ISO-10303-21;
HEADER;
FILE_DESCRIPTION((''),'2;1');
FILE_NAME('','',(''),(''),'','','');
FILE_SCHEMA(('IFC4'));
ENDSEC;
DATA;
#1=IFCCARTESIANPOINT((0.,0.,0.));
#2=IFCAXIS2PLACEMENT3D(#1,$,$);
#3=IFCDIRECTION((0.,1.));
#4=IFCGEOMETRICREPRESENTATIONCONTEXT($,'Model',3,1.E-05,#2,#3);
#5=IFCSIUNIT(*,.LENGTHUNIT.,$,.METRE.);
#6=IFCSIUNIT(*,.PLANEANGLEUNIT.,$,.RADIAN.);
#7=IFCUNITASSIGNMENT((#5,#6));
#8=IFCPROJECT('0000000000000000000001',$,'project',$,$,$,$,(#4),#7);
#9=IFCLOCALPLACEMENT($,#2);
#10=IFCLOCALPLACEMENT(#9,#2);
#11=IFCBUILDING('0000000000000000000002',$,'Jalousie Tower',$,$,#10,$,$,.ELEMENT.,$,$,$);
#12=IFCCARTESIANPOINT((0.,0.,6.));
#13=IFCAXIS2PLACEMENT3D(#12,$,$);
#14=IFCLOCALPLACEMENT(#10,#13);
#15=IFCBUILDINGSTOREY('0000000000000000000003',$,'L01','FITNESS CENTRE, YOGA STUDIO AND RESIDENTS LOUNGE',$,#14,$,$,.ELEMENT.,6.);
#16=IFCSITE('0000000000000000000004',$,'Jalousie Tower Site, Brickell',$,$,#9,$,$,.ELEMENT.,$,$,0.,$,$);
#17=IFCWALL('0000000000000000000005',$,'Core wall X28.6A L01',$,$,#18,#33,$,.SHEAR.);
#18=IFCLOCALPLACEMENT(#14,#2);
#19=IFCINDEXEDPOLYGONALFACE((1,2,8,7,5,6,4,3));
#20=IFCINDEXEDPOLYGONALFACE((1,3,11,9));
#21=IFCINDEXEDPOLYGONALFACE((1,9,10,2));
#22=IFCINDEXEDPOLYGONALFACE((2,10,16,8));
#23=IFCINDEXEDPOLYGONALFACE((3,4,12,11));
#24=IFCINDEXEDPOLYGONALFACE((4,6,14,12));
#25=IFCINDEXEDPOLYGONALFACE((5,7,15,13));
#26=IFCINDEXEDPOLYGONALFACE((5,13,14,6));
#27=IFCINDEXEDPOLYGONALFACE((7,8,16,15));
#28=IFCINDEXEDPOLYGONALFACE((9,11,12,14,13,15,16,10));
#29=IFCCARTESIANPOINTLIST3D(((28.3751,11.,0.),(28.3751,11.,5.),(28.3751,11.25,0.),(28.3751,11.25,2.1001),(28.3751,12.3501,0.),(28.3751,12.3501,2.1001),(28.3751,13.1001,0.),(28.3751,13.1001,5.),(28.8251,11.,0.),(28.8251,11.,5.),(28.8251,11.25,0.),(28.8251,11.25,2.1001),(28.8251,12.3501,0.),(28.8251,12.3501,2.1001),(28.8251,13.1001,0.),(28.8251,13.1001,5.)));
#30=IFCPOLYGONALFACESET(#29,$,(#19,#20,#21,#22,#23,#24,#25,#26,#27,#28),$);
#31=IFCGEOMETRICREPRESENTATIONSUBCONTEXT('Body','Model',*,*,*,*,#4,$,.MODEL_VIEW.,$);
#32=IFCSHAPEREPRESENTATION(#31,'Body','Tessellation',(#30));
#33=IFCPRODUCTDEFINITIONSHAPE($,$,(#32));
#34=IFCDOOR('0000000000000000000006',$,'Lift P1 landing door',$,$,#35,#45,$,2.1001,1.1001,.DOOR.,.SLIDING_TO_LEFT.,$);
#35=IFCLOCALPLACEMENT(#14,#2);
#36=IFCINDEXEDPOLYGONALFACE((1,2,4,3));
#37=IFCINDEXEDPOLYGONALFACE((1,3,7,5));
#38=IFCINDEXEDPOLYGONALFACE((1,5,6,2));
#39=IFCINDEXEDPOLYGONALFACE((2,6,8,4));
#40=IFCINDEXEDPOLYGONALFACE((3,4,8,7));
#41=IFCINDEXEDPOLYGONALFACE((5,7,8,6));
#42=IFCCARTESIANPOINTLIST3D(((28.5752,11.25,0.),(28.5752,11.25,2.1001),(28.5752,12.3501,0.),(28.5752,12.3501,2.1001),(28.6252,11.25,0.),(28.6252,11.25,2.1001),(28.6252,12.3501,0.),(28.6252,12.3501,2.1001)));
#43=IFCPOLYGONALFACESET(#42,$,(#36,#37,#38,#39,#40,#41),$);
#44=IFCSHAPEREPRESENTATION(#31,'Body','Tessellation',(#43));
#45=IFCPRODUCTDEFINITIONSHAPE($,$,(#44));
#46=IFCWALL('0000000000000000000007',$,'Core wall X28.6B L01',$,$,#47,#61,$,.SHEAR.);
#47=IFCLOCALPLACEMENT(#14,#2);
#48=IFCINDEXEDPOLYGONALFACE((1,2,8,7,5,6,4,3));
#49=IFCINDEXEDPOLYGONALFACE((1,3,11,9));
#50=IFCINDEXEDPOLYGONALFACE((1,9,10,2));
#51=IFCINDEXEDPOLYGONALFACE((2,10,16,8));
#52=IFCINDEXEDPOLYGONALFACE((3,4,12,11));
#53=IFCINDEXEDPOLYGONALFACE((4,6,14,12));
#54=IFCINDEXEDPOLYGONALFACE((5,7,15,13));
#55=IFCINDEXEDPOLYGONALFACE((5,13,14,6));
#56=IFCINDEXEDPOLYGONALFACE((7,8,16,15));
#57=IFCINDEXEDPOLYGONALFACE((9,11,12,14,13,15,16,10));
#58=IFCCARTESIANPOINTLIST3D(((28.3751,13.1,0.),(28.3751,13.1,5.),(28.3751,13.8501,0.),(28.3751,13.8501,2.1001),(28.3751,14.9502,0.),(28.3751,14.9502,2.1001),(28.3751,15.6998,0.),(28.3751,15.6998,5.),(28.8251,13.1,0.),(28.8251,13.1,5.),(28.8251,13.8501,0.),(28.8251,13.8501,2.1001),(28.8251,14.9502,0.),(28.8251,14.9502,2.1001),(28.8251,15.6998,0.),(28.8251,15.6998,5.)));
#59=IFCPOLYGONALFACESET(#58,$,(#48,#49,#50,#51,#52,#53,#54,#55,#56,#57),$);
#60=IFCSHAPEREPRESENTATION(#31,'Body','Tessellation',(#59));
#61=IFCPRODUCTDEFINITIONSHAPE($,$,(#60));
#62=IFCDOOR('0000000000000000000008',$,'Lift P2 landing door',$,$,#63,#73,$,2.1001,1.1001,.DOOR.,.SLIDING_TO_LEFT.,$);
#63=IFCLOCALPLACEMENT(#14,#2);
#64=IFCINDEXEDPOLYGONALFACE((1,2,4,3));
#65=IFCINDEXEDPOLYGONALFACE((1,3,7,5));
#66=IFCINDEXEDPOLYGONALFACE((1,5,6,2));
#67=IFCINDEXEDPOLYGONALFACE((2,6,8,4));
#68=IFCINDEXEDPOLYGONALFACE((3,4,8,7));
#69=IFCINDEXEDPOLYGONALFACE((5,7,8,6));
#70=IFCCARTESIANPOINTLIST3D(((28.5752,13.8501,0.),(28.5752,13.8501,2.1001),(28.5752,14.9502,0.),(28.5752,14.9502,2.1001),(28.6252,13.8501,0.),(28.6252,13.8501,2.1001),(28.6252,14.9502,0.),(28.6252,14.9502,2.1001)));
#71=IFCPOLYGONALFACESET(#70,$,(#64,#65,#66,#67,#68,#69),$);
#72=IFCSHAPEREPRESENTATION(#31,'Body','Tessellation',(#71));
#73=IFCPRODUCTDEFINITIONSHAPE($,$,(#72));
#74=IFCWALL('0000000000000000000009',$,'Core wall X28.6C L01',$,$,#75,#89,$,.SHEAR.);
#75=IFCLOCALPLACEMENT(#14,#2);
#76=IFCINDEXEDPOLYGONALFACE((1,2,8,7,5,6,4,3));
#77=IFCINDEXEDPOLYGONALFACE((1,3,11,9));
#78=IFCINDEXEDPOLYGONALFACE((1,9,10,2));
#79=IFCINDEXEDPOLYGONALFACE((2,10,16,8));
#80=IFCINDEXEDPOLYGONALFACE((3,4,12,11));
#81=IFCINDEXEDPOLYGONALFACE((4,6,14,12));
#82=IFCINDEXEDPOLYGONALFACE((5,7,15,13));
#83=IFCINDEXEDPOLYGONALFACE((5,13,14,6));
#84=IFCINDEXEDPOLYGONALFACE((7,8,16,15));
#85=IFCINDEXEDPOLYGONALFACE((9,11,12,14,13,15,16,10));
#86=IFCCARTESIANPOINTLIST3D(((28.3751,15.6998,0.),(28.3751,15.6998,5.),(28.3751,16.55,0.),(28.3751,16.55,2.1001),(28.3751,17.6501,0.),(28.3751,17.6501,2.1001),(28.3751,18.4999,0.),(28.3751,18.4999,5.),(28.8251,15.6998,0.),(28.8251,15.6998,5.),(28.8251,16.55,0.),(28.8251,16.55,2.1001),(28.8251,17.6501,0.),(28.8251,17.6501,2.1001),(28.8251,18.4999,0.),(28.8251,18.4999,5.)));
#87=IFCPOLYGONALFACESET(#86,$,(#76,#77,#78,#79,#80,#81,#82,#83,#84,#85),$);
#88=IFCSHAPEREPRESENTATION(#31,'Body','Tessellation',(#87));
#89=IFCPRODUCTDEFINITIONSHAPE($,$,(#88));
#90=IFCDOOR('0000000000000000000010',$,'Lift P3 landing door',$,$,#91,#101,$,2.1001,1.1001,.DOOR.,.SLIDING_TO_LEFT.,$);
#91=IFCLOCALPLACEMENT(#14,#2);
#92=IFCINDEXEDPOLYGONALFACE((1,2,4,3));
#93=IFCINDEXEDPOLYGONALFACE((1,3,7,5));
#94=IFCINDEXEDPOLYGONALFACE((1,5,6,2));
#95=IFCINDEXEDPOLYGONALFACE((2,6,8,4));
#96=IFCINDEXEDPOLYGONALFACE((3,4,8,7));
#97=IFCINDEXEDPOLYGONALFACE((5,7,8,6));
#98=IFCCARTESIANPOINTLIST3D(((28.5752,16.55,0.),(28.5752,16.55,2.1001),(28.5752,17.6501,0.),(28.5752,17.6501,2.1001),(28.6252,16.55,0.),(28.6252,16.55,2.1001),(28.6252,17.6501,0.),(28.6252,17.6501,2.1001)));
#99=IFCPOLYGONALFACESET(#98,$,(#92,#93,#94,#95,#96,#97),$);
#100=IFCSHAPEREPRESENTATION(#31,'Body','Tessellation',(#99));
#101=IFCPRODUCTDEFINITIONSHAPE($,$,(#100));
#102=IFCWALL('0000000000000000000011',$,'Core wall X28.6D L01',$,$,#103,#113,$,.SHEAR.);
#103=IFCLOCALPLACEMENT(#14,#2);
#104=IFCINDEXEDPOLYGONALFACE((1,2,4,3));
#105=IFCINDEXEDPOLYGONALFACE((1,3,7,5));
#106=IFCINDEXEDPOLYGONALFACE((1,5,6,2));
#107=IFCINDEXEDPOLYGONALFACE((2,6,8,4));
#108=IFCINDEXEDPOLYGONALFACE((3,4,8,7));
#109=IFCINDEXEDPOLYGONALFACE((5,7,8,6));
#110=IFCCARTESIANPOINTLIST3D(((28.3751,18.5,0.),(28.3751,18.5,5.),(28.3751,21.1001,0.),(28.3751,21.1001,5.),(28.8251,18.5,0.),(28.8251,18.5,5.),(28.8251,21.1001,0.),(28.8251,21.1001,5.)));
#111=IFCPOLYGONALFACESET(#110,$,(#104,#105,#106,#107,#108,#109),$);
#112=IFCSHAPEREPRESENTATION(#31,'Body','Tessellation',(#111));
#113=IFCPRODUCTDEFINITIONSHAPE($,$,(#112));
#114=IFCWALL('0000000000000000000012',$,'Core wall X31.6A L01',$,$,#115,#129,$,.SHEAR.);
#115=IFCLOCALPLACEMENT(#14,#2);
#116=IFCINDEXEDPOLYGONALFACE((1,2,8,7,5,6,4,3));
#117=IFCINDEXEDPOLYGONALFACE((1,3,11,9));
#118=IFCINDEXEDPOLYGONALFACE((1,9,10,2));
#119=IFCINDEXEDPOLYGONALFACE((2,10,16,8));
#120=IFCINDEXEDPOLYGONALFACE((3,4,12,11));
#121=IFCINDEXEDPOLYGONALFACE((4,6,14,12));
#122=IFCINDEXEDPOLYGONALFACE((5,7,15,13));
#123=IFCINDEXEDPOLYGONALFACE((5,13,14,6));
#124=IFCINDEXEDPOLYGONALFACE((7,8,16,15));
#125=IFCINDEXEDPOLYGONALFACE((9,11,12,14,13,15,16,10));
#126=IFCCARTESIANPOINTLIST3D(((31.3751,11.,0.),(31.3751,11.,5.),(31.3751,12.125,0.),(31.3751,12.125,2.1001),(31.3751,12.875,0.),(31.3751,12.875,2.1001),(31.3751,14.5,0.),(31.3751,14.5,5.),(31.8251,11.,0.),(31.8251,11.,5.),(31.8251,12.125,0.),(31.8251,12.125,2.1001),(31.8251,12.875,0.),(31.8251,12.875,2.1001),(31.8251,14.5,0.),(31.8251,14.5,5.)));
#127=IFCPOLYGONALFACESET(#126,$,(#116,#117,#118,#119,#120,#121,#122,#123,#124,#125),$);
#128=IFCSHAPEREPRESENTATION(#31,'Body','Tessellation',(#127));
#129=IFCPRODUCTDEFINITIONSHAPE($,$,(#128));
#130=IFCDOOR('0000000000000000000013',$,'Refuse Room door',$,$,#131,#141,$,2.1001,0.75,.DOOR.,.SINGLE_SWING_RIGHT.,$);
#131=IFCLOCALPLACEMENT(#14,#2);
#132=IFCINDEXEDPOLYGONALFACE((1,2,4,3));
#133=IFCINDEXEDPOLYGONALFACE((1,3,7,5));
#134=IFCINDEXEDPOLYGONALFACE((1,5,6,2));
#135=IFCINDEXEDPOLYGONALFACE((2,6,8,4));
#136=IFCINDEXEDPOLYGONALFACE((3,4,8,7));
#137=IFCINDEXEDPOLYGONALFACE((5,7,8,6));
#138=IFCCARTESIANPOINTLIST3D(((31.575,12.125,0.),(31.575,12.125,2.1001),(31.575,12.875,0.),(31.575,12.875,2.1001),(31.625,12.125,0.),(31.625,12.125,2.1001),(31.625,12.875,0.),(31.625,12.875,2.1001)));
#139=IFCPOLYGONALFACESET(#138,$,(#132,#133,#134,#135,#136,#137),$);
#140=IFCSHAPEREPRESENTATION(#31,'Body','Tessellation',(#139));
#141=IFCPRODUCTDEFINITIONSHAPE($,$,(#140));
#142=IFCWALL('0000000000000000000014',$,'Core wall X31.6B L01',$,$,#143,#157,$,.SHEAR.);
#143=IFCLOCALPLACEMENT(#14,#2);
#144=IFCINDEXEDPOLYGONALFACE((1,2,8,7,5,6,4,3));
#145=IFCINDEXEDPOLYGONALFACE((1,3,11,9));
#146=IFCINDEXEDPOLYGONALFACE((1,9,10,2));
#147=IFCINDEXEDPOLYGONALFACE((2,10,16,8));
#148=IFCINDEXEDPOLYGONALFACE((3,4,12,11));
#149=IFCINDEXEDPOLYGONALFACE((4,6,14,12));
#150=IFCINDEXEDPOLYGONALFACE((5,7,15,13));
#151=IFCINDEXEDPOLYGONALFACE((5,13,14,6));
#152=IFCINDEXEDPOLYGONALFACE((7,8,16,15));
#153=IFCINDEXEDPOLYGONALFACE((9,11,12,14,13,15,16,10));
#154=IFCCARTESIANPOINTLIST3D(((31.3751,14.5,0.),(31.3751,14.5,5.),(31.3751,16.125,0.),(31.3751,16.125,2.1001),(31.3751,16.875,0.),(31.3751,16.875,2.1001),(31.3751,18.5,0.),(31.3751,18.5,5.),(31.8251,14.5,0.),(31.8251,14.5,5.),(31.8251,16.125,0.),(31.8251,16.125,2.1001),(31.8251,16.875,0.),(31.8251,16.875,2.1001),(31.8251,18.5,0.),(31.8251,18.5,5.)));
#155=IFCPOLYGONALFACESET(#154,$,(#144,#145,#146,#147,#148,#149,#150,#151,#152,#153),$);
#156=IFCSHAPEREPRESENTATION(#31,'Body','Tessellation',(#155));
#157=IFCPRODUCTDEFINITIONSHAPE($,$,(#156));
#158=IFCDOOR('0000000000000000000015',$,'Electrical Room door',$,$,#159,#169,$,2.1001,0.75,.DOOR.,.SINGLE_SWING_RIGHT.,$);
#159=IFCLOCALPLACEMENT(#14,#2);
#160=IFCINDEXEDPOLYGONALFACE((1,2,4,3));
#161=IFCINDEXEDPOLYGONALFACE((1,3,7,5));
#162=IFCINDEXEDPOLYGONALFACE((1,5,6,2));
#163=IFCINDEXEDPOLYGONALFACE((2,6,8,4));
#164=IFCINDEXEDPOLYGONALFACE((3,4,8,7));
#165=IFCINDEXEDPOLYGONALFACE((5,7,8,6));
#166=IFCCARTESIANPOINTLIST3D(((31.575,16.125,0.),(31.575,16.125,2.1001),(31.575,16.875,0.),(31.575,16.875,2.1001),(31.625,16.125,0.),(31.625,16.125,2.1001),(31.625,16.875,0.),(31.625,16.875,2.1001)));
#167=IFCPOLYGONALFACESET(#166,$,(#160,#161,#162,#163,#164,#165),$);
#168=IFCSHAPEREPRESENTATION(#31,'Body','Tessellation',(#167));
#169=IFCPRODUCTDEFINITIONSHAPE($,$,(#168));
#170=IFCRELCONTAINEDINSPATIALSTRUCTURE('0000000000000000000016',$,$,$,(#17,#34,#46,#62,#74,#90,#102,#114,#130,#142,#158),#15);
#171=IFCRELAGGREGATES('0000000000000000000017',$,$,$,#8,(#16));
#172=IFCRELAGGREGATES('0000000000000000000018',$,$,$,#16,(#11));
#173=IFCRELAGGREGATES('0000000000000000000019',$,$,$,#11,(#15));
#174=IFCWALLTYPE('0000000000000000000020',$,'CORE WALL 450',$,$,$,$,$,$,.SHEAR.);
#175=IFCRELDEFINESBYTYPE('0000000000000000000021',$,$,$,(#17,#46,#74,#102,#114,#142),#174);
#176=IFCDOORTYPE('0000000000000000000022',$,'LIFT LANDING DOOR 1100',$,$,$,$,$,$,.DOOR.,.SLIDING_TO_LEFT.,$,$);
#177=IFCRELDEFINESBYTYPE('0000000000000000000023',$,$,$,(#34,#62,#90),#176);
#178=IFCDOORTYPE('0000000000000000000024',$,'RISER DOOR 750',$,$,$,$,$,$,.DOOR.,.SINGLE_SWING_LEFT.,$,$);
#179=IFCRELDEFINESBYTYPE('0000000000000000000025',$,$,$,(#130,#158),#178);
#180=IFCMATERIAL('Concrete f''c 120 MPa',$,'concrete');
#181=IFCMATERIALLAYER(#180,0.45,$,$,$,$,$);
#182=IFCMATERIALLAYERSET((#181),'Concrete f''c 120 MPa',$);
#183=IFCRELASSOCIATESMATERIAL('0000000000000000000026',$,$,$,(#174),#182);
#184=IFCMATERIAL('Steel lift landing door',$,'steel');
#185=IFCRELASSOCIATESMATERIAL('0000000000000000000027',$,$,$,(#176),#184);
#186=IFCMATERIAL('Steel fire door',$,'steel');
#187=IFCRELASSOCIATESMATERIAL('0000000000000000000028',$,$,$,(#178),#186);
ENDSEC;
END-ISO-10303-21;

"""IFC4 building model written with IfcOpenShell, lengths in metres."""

from ifc_helpers import new_model, si_unit, direction, frame, frame_2d, origin, place, context, subcontext, project, spatial, rectangle, extrude, material, layer, layer_set, type_object, element, fill, save


model = new_model("IFC4")

# Units and contexts
model_context = context("Model", 3, precision=1e-05, world=origin(), true_north=direction((0.0, 1.0)))
body_context = subcontext(model_context, "Body", "Model", "MODEL_VIEW")
ifc_project = project(units=[si_unit("LENGTHUNIT", "METRE"), si_unit("PLANEANGLEUNIT", "RADIAN")], contexts=[model_context])

# Site, building, storey
site_placement = place(None, origin())
site = spatial("IfcSite", under=ifc_project, at=site_placement, Name="Jalousie Tower Site, Brickell", CompositionType="ELEMENT", RefElevation=0.0)
building_placement = place(site_placement, origin())
building = spatial("IfcBuilding", under=site, at=building_placement, Name="Jalousie Tower", CompositionType="ELEMENT")
storey_placement = place(building_placement, frame((0.0, 0.0, 6.0)))
storey = spatial("IfcBuildingStorey", under=building, at=storey_placement, Name="L01", Description="FITNESS CENTRE, YOGA STUDIO AND RESIDENTS LOUNGE", CompositionType="ELEMENT", Elevation=6.0)

# Walls, openings, doors
ifc_material_1 = material(Name="Concrete f'c 120 MPa", Category="concrete")
ifc_layer = layer(ifc_material_1, 0.45)
ifc_layer_set = layer_set([ifc_layer], Name="Concrete f'c 120 MPa")
wall_type = type_object("IfcWallType", Name="CORE WALL 450", PredefinedType="SHEAR", material=ifc_layer_set)
wall_1_placement = place(storey_placement, frame((28.6001, 11.0, 0.0), z_axis=(0.0, 0.0, 1.0), x_axis=(0.0, 1.0, 0.0)))
wall_1 = element("IfcWall", 1, at=wall_1_placement, inside=storey, type_object=wall_type, Name="Core wall X28.6A L01", PredefinedType="SHEAR", context=body_context, shape_type="SweptSolid", body=[
    extrude(rectangle(XDim=2.1001, YDim=0.45, at=frame_2d((1.05, 0.0))), origin(), (0.0, 0.0, 1.0), 5.0),
])
opening_1_placement = place(wall_1_placement, frame((0.25, 0.0, 0.0)))
opening_1 = element("IfcOpeningElement", 2, at=opening_1_placement, cuts=wall_1, PredefinedType="OPENING", context=body_context, shape_type="SweptSolid", body=[
    extrude(rectangle(XDim=1.1001, YDim=2.1001, at=frame_2d((0.55, 1.05))), frame((0.0, 0.2349, 0.0), z_axis=(0.0, -1.0, 0.0), x_axis=(1.0, 0.0, 0.0)), (0.0, 0.0, 1.0), 0.47),
])
ifc_material_2 = material(Name="Steel lift landing door", Category="steel")
door_type_1 = type_object("IfcDoorType", Name="LIFT LANDING DOOR 1100", OperationType="SLIDING_TO_LEFT", PredefinedType="DOOR", material=ifc_material_2)
door_1_placement = place(opening_1_placement, origin())
door_1 = element("IfcDoor", 3, at=door_1_placement, inside=storey, type_object=door_type_1, Name="Lift P1 landing door", OperationType="SLIDING_TO_LEFT", OverallHeight=2.1001, OverallWidth=1.1001, PredefinedType="DOOR", context=body_context, shape_type="SweptSolid", body=[
    extrude(rectangle(XDim=1.1001, YDim=2.1001, at=frame_2d((0.55, 1.05))), frame((0.0, 0.0249, 0.0), z_axis=(0.0, -1.0, 0.0), x_axis=(1.0, 0.0, 0.0)), (0.0, 0.0, 1.0), 0.05),
])
fill(opening_1, door_1)
wall_2_placement = place(storey_placement, frame((28.6001, 13.1001, 0.0), z_axis=(0.0, 0.0, 1.0), x_axis=(0.0, 1.0, 0.0)))
wall_2 = element("IfcWall", 4, at=wall_2_placement, inside=storey, type_object=wall_type, Name="Core wall X28.6B L01", PredefinedType="SHEAR", context=body_context, shape_type="SweptSolid", body=[
    extrude(rectangle(XDim=2.5999, YDim=0.45, at=frame_2d((1.2998, 0.0))), origin(), (0.0, 0.0, 1.0), 5.0),
])
opening_2_placement = place(wall_2_placement, frame((0.75, 0.0, 0.0)))
opening_2 = element("IfcOpeningElement", 5, at=opening_2_placement, cuts=wall_2, PredefinedType="OPENING", context=body_context, shape_type="SweptSolid", body=[
    extrude(rectangle(XDim=1.1001, YDim=2.1001, at=frame_2d((0.55, 1.05))), frame((0.0, 0.2349, 0.0), z_axis=(0.0, -1.0, 0.0), x_axis=(1.0, 0.0, 0.0)), (0.0, 0.0, 1.0), 0.47),
])
door_2_placement = place(opening_2_placement, origin())
door_2 = element("IfcDoor", 6, at=door_2_placement, inside=storey, type_object=door_type_1, Name="Lift P2 landing door", OperationType="SLIDING_TO_LEFT", OverallHeight=2.1001, OverallWidth=1.1001, PredefinedType="DOOR", context=body_context, shape_type="SweptSolid", body=[
    extrude(rectangle(XDim=1.1001, YDim=2.1001, at=frame_2d((0.55, 1.05))), frame((0.0, 0.0249, 0.0), z_axis=(0.0, -1.0, 0.0), x_axis=(1.0, 0.0, 0.0)), (0.0, 0.0, 1.0), 0.05),
])
fill(opening_2, door_2)
wall_3_placement = place(storey_placement, frame((28.6001, 15.7, 0.0), z_axis=(0.0, 0.0, 1.0), x_axis=(0.0, 1.0, 0.0)))
wall_3 = element("IfcWall", 7, at=wall_3_placement, inside=storey, type_object=wall_type, Name="Core wall X28.6C L01", PredefinedType="SHEAR", context=body_context, shape_type="SweptSolid", body=[
    extrude(rectangle(XDim=2.8, YDim=0.45, at=frame_2d((1.3999, 0.0))), origin(), (0.0, 0.0, 1.0), 5.0),
])
opening_3_placement = place(wall_3_placement, frame((0.8501, 0.0, 0.0)))
opening_3 = element("IfcOpeningElement", 8, at=opening_3_placement, cuts=wall_3, PredefinedType="OPENING", context=body_context, shape_type="SweptSolid", body=[
    extrude(rectangle(XDim=1.1001, YDim=2.1001, at=frame_2d((0.55, 1.05))), frame((0.0, 0.2349, 0.0), z_axis=(0.0, -1.0, 0.0), x_axis=(1.0, 0.0, 0.0)), (0.0, 0.0, 1.0), 0.47),
])
door_3_placement = place(opening_3_placement, origin())
door_3 = element("IfcDoor", 9, at=door_3_placement, inside=storey, type_object=door_type_1, Name="Lift P3 landing door", OperationType="SLIDING_TO_LEFT", OverallHeight=2.1001, OverallWidth=1.1001, PredefinedType="DOOR", context=body_context, shape_type="SweptSolid", body=[
    extrude(rectangle(XDim=1.1001, YDim=2.1001, at=frame_2d((0.55, 1.05))), frame((0.0, 0.0249, 0.0), z_axis=(0.0, -1.0, 0.0), x_axis=(1.0, 0.0, 0.0)), (0.0, 0.0, 1.0), 0.05),
])
fill(opening_3, door_3)

# Wall
wall_4_placement = place(storey_placement, frame((28.6001, 18.5, 0.0), z_axis=(0.0, 0.0, 1.0), x_axis=(0.0, 1.0, 0.0)))
element("IfcWall", 10, at=wall_4_placement, inside=storey, type_object=wall_type, Name="Core wall X28.6D L01", PredefinedType="SHEAR", context=body_context, shape_type="SweptSolid", body=[
    extrude(rectangle(XDim=2.6001, YDim=0.45, at=frame_2d((1.3, 0.0))), origin(), (0.0, 0.0, 1.0), 5.0),
])

# Walls, openings, doors
wall_5_placement = place(storey_placement, frame((31.6001, 11.0, 0.0), z_axis=(0.0, 0.0, 1.0), x_axis=(0.0, 1.0, 0.0)))
wall_5 = element("IfcWall", 11, at=wall_5_placement, inside=storey, type_object=wall_type, Name="Core wall X31.6A L01", PredefinedType="SHEAR", context=body_context, shape_type="SweptSolid", body=[
    extrude(rectangle(XDim=3.5, YDim=0.45, at=frame_2d((1.75, 0.0))), origin(), (0.0, 0.0, 1.0), 5.0),
])
opening_4_placement = place(wall_5_placement, frame((1.125, 0.0, 0.0)))
opening_4 = element("IfcOpeningElement", 12, at=opening_4_placement, cuts=wall_5, PredefinedType="OPENING", context=body_context, shape_type="SweptSolid", body=[
    extrude(rectangle(XDim=0.75, YDim=2.1001, at=frame_2d((0.375, 1.05))), frame((0.0, 0.2349, 0.0), z_axis=(0.0, -1.0, 0.0), x_axis=(1.0, 0.0, 0.0)), (0.0, 0.0, 1.0), 0.47),
])
ifc_material_3 = material(Name="Steel fire door", Category="steel")
door_type_2 = type_object("IfcDoorType", Name="RISER DOOR 750", OperationType="SINGLE_SWING_LEFT", PredefinedType="DOOR", material=ifc_material_3)
door_4_placement = place(opening_4_placement, frame((0.75, 0.0, 0.0), z_axis=(0.0, 0.0, 1.0), x_axis=(-1.0, 0.0, 0.0)))
door_4 = element("IfcDoor", 13, at=door_4_placement, inside=storey, type_object=door_type_2, Name="Refuse Room door", OperationType="SINGLE_SWING_RIGHT", OverallHeight=2.1001, OverallWidth=0.75, PredefinedType="DOOR", context=body_context, shape_type="SweptSolid", body=[
    extrude(rectangle(XDim=0.75, YDim=2.1001, at=frame_2d((0.375, 1.05))), frame((0.0, 0.0249, 0.0), z_axis=(0.0, -1.0, 0.0), x_axis=(1.0, 0.0, 0.0)), (0.0, 0.0, 1.0), 0.05),
])
fill(opening_4, door_4)
wall_6_placement = place(storey_placement, frame((31.6001, 14.5, 0.0), z_axis=(0.0, 0.0, 1.0), x_axis=(0.0, 1.0, 0.0)))
wall_6 = element("IfcWall", 14, at=wall_6_placement, inside=storey, type_object=wall_type, Name="Core wall X31.6B L01", PredefinedType="SHEAR", context=body_context, shape_type="SweptSolid", body=[
    extrude(rectangle(XDim=4.0, YDim=0.45, at=frame_2d((2.0, 0.0))), origin(), (0.0, 0.0, 1.0), 5.0),
])
opening_5_placement = place(wall_6_placement, frame((1.625, 0.0, 0.0)))
opening_5 = element("IfcOpeningElement", 15, at=opening_5_placement, cuts=wall_6, PredefinedType="OPENING", context=body_context, shape_type="SweptSolid", body=[
    extrude(rectangle(XDim=0.75, YDim=2.1001, at=frame_2d((0.375, 1.05))), frame((0.0, 0.2349, 0.0), z_axis=(0.0, -1.0, 0.0), x_axis=(1.0, 0.0, 0.0)), (0.0, 0.0, 1.0), 0.47),
])
door_5_placement = place(opening_5_placement, frame((0.75, 0.0, 0.0), z_axis=(0.0, 0.0, 1.0), x_axis=(-1.0, 0.0, 0.0)))
door_5 = element("IfcDoor", 16, at=door_5_placement, inside=storey, type_object=door_type_2, Name="Electrical Room door", OperationType="SINGLE_SWING_RIGHT", OverallHeight=2.1001, OverallWidth=0.75, PredefinedType="DOOR", context=body_context, shape_type="SweptSolid", body=[
    extrude(rectangle(XDim=0.75, YDim=2.1001, at=frame_2d((0.375, 1.05))), frame((0.0, 0.0249, 0.0), z_axis=(0.0, -1.0, 0.0), x_axis=(1.0, 0.0, 0.0)), (0.0, 0.0, 1.0), 0.05),
])
fill(opening_5, door_5)

save(model, "model.ifc")
